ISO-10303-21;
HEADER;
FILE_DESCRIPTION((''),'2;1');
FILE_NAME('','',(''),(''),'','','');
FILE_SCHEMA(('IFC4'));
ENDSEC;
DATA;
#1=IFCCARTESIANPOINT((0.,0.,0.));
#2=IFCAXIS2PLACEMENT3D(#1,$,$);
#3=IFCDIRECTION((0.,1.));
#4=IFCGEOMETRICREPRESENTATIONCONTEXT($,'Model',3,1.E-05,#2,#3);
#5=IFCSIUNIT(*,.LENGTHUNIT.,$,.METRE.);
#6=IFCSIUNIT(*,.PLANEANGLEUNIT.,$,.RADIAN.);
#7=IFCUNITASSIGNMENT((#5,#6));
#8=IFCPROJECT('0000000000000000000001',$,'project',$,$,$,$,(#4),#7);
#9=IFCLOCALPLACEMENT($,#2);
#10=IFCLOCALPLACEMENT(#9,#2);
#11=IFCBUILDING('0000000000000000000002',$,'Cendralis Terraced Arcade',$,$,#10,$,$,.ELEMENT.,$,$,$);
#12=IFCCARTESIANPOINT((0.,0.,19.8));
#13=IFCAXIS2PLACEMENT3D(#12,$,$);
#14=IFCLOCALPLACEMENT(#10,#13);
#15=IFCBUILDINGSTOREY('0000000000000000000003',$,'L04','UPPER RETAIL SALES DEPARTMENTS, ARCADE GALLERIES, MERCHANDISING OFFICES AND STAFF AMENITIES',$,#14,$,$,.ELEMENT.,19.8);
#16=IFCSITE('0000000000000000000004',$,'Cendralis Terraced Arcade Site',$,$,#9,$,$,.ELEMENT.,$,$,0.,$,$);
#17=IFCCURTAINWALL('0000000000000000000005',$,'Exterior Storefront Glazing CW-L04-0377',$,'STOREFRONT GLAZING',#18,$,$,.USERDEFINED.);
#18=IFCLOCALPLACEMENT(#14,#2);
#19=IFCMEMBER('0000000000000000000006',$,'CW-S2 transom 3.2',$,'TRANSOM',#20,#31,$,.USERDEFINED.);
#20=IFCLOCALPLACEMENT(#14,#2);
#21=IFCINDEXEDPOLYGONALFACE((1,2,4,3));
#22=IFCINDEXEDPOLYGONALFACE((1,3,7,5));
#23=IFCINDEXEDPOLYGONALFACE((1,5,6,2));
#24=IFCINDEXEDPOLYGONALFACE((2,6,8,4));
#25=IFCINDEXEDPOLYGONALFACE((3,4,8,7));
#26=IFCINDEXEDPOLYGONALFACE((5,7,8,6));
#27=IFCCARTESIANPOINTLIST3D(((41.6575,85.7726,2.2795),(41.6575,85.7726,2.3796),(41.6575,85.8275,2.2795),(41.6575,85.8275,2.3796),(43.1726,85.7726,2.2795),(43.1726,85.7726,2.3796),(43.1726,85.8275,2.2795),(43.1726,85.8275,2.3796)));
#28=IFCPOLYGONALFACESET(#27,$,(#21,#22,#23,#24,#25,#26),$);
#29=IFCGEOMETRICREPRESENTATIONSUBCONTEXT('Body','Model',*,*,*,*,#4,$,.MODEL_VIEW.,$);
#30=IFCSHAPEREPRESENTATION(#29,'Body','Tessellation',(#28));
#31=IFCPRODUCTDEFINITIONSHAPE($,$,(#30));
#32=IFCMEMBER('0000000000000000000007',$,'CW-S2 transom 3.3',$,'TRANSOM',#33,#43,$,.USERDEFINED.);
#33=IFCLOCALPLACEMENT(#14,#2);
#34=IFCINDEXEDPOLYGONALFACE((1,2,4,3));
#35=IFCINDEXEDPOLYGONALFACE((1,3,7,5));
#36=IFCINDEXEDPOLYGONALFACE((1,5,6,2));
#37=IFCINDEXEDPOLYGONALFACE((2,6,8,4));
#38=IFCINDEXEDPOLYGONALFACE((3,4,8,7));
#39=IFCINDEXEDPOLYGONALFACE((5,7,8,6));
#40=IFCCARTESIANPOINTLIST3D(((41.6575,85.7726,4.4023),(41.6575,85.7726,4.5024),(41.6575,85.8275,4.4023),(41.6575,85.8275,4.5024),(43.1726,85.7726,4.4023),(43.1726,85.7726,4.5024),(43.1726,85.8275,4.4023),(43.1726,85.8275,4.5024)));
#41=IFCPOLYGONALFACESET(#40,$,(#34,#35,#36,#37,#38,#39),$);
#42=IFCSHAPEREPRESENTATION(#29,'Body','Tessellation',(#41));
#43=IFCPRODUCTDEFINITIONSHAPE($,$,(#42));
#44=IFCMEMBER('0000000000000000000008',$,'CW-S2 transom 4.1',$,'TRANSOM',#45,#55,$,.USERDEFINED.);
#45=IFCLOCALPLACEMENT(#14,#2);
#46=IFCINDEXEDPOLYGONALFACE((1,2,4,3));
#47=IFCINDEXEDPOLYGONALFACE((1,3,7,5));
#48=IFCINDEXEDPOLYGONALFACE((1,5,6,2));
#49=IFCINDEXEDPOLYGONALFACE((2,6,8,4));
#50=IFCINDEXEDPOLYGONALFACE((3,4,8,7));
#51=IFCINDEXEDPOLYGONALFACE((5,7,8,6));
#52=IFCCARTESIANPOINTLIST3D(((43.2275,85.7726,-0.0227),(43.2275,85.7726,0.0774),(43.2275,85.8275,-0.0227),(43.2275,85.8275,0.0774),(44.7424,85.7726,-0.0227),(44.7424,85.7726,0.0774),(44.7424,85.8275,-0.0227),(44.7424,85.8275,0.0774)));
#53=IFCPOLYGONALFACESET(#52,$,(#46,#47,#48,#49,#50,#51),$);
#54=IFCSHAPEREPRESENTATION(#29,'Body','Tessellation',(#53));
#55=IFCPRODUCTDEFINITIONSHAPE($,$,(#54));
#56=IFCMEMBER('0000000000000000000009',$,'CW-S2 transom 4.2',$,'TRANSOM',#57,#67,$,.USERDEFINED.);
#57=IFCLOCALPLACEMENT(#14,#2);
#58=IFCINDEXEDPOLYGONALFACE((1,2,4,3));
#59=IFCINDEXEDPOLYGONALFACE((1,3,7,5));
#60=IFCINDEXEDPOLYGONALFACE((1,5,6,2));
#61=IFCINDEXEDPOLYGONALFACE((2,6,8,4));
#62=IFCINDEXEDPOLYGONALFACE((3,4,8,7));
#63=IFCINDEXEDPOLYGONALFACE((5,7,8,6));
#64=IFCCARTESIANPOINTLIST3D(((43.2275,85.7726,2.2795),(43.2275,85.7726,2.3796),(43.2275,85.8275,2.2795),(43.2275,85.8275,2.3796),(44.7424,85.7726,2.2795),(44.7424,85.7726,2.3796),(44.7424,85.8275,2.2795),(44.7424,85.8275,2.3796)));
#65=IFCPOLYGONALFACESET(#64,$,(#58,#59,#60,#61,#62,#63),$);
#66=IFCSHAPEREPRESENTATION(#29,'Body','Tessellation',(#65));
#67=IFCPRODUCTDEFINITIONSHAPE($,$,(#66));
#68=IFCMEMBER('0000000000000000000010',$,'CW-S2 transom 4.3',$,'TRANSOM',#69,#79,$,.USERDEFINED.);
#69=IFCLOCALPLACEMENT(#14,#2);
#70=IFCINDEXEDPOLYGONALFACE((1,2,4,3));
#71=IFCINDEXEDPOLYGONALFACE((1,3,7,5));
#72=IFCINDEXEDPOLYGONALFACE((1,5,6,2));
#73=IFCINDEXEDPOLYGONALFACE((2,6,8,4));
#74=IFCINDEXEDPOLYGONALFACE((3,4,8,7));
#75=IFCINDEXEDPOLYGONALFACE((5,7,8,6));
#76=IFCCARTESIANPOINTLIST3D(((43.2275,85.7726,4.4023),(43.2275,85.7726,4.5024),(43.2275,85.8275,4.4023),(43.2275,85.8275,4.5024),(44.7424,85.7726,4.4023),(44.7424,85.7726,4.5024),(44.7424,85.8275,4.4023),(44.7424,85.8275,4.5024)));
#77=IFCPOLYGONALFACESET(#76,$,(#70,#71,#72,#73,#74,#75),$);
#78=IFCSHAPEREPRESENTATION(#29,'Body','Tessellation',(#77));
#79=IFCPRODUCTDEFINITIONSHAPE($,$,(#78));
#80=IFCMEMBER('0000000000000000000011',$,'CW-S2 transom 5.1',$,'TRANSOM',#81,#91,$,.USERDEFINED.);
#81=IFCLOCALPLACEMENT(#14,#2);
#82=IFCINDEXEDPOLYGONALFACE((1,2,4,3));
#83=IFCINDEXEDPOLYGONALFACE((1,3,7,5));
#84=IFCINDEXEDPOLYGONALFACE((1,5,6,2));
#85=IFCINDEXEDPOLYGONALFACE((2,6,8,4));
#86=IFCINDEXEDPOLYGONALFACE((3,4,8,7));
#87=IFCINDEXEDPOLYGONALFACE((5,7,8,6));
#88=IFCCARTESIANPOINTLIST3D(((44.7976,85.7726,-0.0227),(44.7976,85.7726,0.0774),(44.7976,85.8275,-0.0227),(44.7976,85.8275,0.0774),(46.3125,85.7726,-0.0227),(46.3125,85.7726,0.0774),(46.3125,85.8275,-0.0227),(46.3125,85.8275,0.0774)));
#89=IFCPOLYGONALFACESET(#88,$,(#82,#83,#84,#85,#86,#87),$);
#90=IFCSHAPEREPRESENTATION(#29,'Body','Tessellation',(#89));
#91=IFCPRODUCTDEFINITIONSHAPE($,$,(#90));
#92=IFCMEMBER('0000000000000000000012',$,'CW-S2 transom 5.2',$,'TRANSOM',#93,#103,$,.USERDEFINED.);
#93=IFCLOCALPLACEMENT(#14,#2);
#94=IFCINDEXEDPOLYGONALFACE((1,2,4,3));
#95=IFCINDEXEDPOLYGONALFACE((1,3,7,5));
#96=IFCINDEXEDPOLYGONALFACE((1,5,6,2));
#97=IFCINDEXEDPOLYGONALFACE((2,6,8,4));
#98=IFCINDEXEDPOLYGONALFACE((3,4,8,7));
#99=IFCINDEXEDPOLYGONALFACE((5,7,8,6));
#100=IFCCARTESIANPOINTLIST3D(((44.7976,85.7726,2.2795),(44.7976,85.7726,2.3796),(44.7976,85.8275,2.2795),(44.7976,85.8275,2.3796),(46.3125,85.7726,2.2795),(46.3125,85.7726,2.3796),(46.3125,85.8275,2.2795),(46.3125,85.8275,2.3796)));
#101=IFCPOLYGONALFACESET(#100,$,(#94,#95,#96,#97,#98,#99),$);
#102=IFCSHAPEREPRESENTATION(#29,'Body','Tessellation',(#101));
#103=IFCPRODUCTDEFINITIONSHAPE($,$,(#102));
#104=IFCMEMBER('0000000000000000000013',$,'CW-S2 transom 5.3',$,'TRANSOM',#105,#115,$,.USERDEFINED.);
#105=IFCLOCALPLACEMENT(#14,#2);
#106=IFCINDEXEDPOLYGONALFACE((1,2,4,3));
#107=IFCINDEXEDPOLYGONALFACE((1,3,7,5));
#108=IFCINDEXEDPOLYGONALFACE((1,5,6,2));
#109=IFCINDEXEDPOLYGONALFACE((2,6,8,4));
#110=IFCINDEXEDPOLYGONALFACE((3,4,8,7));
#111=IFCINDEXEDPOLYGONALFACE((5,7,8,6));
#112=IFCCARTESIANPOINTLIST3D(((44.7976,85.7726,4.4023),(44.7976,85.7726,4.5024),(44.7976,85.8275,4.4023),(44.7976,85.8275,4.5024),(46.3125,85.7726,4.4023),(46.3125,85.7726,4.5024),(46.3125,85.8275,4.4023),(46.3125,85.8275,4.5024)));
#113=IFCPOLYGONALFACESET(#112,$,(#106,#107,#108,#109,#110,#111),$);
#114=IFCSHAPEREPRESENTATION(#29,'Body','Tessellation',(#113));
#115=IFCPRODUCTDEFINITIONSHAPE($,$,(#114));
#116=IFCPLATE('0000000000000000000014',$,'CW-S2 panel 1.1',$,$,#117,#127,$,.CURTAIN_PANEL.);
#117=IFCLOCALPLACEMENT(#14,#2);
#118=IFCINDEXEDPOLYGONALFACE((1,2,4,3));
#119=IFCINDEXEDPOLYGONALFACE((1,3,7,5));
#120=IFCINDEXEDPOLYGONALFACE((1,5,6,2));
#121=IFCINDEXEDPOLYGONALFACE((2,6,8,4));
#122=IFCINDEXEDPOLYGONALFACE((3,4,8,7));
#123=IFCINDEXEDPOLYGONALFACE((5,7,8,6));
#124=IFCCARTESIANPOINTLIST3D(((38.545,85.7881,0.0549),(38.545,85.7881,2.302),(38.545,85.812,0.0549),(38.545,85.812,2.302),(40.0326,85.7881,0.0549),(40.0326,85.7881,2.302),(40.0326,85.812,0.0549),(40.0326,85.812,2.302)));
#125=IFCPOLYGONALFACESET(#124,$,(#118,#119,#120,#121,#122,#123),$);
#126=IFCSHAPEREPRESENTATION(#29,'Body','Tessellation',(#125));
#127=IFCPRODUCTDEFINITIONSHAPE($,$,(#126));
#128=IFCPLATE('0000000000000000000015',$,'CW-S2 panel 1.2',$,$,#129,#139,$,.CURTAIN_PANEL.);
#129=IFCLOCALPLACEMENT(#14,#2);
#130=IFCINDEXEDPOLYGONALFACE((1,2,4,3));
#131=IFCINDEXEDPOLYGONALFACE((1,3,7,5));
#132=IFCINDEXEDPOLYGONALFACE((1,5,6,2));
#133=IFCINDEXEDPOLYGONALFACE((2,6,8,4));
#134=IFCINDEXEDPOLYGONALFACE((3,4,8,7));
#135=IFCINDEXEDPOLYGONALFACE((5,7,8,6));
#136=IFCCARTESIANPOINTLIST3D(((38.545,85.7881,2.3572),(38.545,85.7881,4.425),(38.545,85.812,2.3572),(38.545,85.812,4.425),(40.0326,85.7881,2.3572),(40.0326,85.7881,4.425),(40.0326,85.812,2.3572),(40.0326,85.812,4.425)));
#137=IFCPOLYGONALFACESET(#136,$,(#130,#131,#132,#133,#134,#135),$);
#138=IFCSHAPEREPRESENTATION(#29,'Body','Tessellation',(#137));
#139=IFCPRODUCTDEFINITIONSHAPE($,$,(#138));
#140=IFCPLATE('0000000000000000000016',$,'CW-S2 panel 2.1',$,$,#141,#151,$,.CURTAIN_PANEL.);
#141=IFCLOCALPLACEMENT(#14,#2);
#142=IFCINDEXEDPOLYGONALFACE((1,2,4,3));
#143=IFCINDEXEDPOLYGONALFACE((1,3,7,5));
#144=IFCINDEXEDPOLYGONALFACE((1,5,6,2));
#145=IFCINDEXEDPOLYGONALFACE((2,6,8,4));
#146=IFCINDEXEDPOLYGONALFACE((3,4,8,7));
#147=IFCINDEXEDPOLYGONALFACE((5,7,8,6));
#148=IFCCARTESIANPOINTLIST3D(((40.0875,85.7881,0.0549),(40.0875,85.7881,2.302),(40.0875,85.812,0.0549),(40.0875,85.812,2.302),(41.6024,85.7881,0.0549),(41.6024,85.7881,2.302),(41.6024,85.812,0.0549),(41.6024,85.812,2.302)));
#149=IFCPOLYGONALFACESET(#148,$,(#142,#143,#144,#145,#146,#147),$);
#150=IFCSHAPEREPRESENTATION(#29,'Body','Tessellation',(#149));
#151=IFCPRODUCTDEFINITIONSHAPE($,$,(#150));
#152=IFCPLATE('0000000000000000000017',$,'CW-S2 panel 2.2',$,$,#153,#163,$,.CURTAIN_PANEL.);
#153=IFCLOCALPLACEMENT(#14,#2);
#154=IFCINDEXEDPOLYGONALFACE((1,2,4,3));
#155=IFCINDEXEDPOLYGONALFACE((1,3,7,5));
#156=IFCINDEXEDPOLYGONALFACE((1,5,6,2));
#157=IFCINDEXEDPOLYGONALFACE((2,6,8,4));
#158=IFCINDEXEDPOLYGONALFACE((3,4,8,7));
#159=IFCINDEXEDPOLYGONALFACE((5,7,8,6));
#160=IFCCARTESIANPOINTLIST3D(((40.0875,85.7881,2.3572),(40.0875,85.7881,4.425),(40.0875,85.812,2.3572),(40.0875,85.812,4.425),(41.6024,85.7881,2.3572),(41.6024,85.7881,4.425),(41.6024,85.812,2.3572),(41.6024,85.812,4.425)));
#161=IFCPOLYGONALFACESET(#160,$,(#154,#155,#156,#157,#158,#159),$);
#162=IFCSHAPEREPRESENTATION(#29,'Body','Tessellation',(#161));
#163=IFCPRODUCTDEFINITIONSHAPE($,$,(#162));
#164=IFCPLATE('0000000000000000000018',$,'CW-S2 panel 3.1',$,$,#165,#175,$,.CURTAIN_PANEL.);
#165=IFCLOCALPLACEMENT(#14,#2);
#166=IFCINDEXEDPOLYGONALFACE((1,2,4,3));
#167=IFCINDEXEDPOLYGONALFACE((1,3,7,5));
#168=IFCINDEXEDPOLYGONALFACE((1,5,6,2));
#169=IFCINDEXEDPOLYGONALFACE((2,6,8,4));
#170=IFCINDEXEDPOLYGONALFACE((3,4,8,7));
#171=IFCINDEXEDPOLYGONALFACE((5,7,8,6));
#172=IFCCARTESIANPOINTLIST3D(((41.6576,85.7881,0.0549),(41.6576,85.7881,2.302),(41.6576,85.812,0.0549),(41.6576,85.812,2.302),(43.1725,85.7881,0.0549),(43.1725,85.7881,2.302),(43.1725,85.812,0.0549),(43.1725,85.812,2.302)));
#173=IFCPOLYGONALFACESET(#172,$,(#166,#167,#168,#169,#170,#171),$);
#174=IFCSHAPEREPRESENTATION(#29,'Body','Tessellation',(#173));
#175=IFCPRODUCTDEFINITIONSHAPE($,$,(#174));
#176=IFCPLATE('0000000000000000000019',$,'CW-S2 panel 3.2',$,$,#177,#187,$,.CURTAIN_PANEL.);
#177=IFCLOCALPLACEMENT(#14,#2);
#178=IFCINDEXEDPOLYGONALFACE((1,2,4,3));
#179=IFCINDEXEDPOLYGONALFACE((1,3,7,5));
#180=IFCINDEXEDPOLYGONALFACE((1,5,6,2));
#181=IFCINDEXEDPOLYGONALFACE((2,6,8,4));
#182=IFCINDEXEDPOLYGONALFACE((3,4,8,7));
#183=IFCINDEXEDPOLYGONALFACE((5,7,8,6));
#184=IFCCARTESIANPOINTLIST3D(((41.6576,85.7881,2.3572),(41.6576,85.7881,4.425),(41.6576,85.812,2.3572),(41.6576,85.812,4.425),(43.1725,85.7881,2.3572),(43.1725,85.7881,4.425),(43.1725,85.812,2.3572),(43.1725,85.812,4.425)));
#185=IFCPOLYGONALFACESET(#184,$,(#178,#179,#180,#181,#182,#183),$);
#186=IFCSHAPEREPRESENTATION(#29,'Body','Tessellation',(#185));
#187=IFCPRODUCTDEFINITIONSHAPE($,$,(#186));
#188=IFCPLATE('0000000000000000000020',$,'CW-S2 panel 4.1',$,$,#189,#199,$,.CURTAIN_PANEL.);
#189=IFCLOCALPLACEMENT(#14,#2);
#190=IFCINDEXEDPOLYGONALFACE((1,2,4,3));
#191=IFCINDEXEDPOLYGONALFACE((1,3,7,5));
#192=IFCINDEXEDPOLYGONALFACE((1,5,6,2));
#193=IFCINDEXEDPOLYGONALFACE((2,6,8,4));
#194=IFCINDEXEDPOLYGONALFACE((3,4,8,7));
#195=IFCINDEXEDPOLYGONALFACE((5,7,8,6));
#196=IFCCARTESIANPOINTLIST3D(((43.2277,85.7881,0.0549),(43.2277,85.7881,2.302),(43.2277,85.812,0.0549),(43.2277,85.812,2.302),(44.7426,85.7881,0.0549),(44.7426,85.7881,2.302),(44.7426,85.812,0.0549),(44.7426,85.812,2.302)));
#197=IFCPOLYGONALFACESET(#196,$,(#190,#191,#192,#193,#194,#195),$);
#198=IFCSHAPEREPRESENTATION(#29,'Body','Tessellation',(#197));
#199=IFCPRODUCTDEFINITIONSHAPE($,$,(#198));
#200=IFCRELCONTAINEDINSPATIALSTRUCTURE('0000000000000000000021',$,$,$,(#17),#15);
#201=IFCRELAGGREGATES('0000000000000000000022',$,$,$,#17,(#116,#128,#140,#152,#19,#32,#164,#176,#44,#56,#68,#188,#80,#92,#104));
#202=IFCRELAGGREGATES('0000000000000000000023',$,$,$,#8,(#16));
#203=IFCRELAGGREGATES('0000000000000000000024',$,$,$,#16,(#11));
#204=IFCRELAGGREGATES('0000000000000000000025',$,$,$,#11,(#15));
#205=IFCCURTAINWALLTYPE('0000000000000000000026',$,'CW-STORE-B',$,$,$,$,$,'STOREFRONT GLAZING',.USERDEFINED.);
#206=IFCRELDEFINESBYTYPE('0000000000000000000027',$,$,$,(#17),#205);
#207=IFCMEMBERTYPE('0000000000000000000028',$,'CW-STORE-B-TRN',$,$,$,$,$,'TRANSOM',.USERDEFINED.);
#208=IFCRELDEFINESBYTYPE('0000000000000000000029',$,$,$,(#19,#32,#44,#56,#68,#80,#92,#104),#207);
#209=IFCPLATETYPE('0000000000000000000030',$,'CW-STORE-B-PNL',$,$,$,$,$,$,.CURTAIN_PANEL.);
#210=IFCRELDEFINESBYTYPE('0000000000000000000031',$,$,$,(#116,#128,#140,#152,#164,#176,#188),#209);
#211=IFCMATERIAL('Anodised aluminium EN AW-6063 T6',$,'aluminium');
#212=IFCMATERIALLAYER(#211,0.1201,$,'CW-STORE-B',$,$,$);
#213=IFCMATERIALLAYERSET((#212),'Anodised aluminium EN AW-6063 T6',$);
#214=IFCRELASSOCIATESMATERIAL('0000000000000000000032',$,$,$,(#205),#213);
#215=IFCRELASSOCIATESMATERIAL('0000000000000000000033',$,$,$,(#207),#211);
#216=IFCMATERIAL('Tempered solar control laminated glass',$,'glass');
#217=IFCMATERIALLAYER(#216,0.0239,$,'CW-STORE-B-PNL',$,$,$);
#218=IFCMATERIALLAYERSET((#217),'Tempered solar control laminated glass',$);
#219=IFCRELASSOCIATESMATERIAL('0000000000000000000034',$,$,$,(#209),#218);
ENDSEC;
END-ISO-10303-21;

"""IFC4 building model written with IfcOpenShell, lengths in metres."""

from ifc_helpers import new_model, si_unit, direction, frame, origin, origin_2d, place, context, subcontext, project, spatial, rectangle, extrude, material, layer, layer_set, material_profile, profile_set, type_object, element, aggregate, save


model = new_model("IFC4")

# Units and contexts
model_context = context("Model", 3, precision=1e-05, world=origin(), true_north=direction((0.0, 1.0)))
body_context = subcontext(model_context, "Body", "Model", "MODEL_VIEW")
ifc_project = project(units=[si_unit("LENGTHUNIT", "METRE"), si_unit("PLANEANGLEUNIT", "RADIAN")], contexts=[model_context])

# Site, building, storey
site_placement = place(None, origin())
site = spatial("IfcSite", under=ifc_project, at=site_placement, Name="Cendralis Terraced Arcade Site", CompositionType="ELEMENT", RefElevation=0.0)
building_placement = place(site_placement, origin())
building = spatial("IfcBuilding", under=site, at=building_placement, Name="Cendralis Terraced Arcade", CompositionType="ELEMENT")
storey_placement = place(building_placement, frame((0.0, 0.0, 19.8)))
storey = spatial("IfcBuildingStorey", under=building, at=storey_placement, Name="L04", Description="UPPER RETAIL SALES DEPARTMENTS, ARCADE GALLERIES, MERCHANDISING OFFICES AND STAFF AMENITIES", CompositionType="ELEMENT", Elevation=19.8)

# Curtain wall, members, plates
ifc_material_1 = material(Name="Anodised aluminium EN AW-6063 T6", Category="aluminium")
ifc_layer_1 = layer(ifc_material_1, 0.1201, Name="CW-STORE-B")
ifc_layer_set_1 = layer_set([ifc_layer_1], Name="Anodised aluminium EN AW-6063 T6")
curtain_wall_type = type_object("IfcCurtainWallType", Name="CW-STORE-B", ElementType="STOREFRONT GLAZING", PredefinedType="USERDEFINED", material=ifc_layer_set_1)
curtain_wall_placement = place(storey_placement, origin())
curtain_wall = element("IfcCurtainWall", 1, at=curtain_wall_placement, inside=storey, type_object=curtain_wall_type, Name="Exterior Storefront Glazing CW-L04-0377", ObjectType="STOREFRONT GLAZING", PredefinedType="USERDEFINED")
ifc_material_profile_1 = material_profile(ifc_material_1, rectangle(XDim=0.0549, YDim=0.1001, at=origin_2d()), Name="ALU-TRN-55x100")
ifc_profile_set_1 = profile_set([ifc_material_profile_1], Name="Anodised aluminium EN AW-6063 T6")
member_type_1 = type_object("IfcMemberType", Name="CW-STORE-B-TRN", ElementType="TRANSOM", PredefinedType="USERDEFINED", material=ifc_profile_set_1)
member_1_placement = place(storey_placement, frame((41.6575, 85.8, 2.3296), z_axis=(1.0, 0.0, 0.0), x_axis=(0.0, 1.0, 0.0)))
member_1 = element("IfcMember", 2, at=member_1_placement, type_object=member_type_1, Name="CW-S2 transom 3.2", ObjectType="TRANSOM", PredefinedType="USERDEFINED", context=body_context, shape_type="SweptSolid", body=[
    extrude(rectangle(XDim=0.0549, YDim=0.1001, at=origin_2d()), origin(), (0.0, 0.0, 1.0), 1.5151),
])
member_2_placement = place(storey_placement, frame((41.6575, 85.8, 4.4524), z_axis=(1.0, 0.0, 0.0), x_axis=(0.0, 1.0, 0.0)))
member_2 = element("IfcMember", 3, at=member_2_placement, type_object=member_type_1, Name="CW-S2 transom 3.3", ObjectType="TRANSOM", PredefinedType="USERDEFINED", context=body_context, shape_type="SweptSolid", body=[
    extrude(rectangle(XDim=0.0549, YDim=0.1001, at=origin_2d()), origin(), (0.0, 0.0, 1.0), 1.5151),
])
member_3_placement = place(storey_placement, frame((43.2275, 85.8, 0.0273), z_axis=(1.0, 0.0, 0.0), x_axis=(0.0, 1.0, 0.0)))
member_3 = element("IfcMember", 4, at=member_3_placement, type_object=member_type_1, Name="CW-S2 transom 4.1", ObjectType="TRANSOM", PredefinedType="USERDEFINED", context=body_context, shape_type="SweptSolid", body=[
    extrude(rectangle(XDim=0.0549, YDim=0.1001, at=origin_2d()), origin(), (0.0, 0.0, 1.0), 1.5149),
])
member_4_placement = place(storey_placement, frame((43.2275, 85.8, 2.3296), z_axis=(1.0, 0.0, 0.0), x_axis=(0.0, 1.0, 0.0)))
member_4 = element("IfcMember", 5, at=member_4_placement, type_object=member_type_1, Name="CW-S2 transom 4.2", ObjectType="TRANSOM", PredefinedType="USERDEFINED", context=body_context, shape_type="SweptSolid", body=[
    extrude(rectangle(XDim=0.0549, YDim=0.1001, at=origin_2d()), origin(), (0.0, 0.0, 1.0), 1.5149),
])
member_5_placement = place(storey_placement, frame((43.2275, 85.8, 4.4524), z_axis=(1.0, 0.0, 0.0), x_axis=(0.0, 1.0, 0.0)))
member_5 = element("IfcMember", 6, at=member_5_placement, type_object=member_type_1, Name="CW-S2 transom 4.3", ObjectType="TRANSOM", PredefinedType="USERDEFINED", context=body_context, shape_type="SweptSolid", body=[
    extrude(rectangle(XDim=0.0549, YDim=0.1001, at=origin_2d()), origin(), (0.0, 0.0, 1.0), 1.5149),
])
member_6_placement = place(storey_placement, frame((44.7976, 85.8, 0.0273), z_axis=(1.0, 0.0, 0.0), x_axis=(0.0, 1.0, 0.0)))
member_6 = element("IfcMember", 7, at=member_6_placement, type_object=member_type_1, Name="CW-S2 transom 5.1", ObjectType="TRANSOM", PredefinedType="USERDEFINED", context=body_context, shape_type="SweptSolid", body=[
    extrude(rectangle(XDim=0.0549, YDim=0.1001, at=origin_2d()), origin(), (0.0, 0.0, 1.0), 1.5149),
])
member_7_placement = place(storey_placement, frame((44.7976, 85.8, 2.3296), z_axis=(1.0, 0.0, 0.0), x_axis=(0.0, 1.0, 0.0)))
member_7 = element("IfcMember", 8, at=member_7_placement, type_object=member_type_1, Name="CW-S2 transom 5.2", ObjectType="TRANSOM", PredefinedType="USERDEFINED", context=body_context, shape_type="SweptSolid", body=[
    extrude(rectangle(XDim=0.0549, YDim=0.1001, at=origin_2d()), origin(), (0.0, 0.0, 1.0), 1.5149),
])
member_8_placement = place(storey_placement, frame((44.7976, 85.8, 4.4524), z_axis=(1.0, 0.0, 0.0), x_axis=(0.0, 1.0, 0.0)))
member_8 = element("IfcMember", 9, at=member_8_placement, type_object=member_type_1, Name="CW-S2 transom 5.3", ObjectType="TRANSOM", PredefinedType="USERDEFINED", context=body_context, shape_type="SweptSolid", body=[
    extrude(rectangle(XDim=0.0549, YDim=0.1001, at=origin_2d()), origin(), (0.0, 0.0, 1.0), 1.5149),
])
ifc_material_2 = material(Name="Tempered solar control laminated glass", Category="glass")
ifc_layer_2 = layer(ifc_material_2, 0.0239, Name="CW-STORE-B-PNL")
ifc_layer_set_2 = layer_set([ifc_layer_2], Name="Tempered solar control laminated glass")
plate_type = type_object("IfcPlateType", Name="CW-STORE-B-PNL", PredefinedType="CURTAIN_PANEL", material=ifc_layer_set_2)
plate_1_placement = place(storey_placement, frame((39.2888, 85.8, 0.0549), z_axis=(0.0, 0.0, 1.0), x_axis=(1.0, 0.0, 0.0)))
plate_1 = element("IfcPlate", 10, at=plate_1_placement, type_object=plate_type, Name="CW-S2 panel 1.1", PredefinedType="CURTAIN_PANEL", context=body_context, shape_type="SweptSolid", body=[
    extrude(rectangle(XDim=1.4875, YDim=0.0239, at=origin_2d()), origin(), (0.0, 0.0, 1.0), 2.2471),
])
plate_2_placement = place(storey_placement, frame((39.2888, 85.8, 2.3572), z_axis=(0.0, 0.0, 1.0), x_axis=(1.0, 0.0, 0.0)))
plate_2 = element("IfcPlate", 11, at=plate_2_placement, type_object=plate_type, Name="CW-S2 panel 1.2", PredefinedType="CURTAIN_PANEL", context=body_context, shape_type="SweptSolid", body=[
    extrude(rectangle(XDim=1.4875, YDim=0.0239, at=origin_2d()), origin(), (0.0, 0.0, 1.0), 2.0679),
])
plate_3_placement = place(storey_placement, frame((40.845, 85.8, 0.0549), z_axis=(0.0, 0.0, 1.0), x_axis=(1.0, 0.0, 0.0)))
plate_3 = element("IfcPlate", 12, at=plate_3_placement, type_object=plate_type, Name="CW-S2 panel 2.1", PredefinedType="CURTAIN_PANEL", context=body_context, shape_type="SweptSolid", body=[
    extrude(rectangle(XDim=1.5149, YDim=0.0239, at=origin_2d()), origin(), (0.0, 0.0, 1.0), 2.2471),
])
plate_4_placement = place(storey_placement, frame((40.845, 85.8, 2.3572), z_axis=(0.0, 0.0, 1.0), x_axis=(1.0, 0.0, 0.0)))
plate_4 = element("IfcPlate", 13, at=plate_4_placement, type_object=plate_type, Name="CW-S2 panel 2.2", PredefinedType="CURTAIN_PANEL", context=body_context, shape_type="SweptSolid", body=[
    extrude(rectangle(XDim=1.5149, YDim=0.0239, at=origin_2d()), origin(), (0.0, 0.0, 1.0), 2.0679),
])
plate_5_placement = place(storey_placement, frame((42.415, 85.8, 0.0549), z_axis=(0.0, 0.0, 1.0), x_axis=(1.0, 0.0, 0.0)))
plate_5 = element("IfcPlate", 14, at=plate_5_placement, type_object=plate_type, Name="CW-S2 panel 3.1", PredefinedType="CURTAIN_PANEL", context=body_context, shape_type="SweptSolid", body=[
    extrude(rectangle(XDim=1.5149, YDim=0.0239, at=origin_2d()), origin(), (0.0, 0.0, 1.0), 2.2471),
])
plate_6_placement = place(storey_placement, frame((42.415, 85.8, 2.3572), z_axis=(0.0, 0.0, 1.0), x_axis=(1.0, 0.0, 0.0)))
plate_6 = element("IfcPlate", 15, at=plate_6_placement, type_object=plate_type, Name="CW-S2 panel 3.2", PredefinedType="CURTAIN_PANEL", context=body_context, shape_type="SweptSolid", body=[
    extrude(rectangle(XDim=1.5149, YDim=0.0239, at=origin_2d()), origin(), (0.0, 0.0, 1.0), 2.0679),
])
plate_7_placement = place(storey_placement, frame((43.9851, 85.8, 0.0549), z_axis=(0.0, 0.0, 1.0), x_axis=(1.0, 0.0, 0.0)))
plate_7 = element("IfcPlate", 16, at=plate_7_placement, type_object=plate_type, Name="CW-S2 panel 4.1", PredefinedType="CURTAIN_PANEL", context=body_context, shape_type="SweptSolid", body=[
    extrude(rectangle(XDim=1.5149, YDim=0.0239, at=origin_2d()), origin(), (0.0, 0.0, 1.0), 2.2471),
])
aggregate(curtain_wall, [plate_1, plate_2, plate_3, plate_4, member_1, member_2, plate_5, plate_6, member_3, member_4, member_5, plate_7, member_6, member_7, member_8])

save(model, "model.ifc")
